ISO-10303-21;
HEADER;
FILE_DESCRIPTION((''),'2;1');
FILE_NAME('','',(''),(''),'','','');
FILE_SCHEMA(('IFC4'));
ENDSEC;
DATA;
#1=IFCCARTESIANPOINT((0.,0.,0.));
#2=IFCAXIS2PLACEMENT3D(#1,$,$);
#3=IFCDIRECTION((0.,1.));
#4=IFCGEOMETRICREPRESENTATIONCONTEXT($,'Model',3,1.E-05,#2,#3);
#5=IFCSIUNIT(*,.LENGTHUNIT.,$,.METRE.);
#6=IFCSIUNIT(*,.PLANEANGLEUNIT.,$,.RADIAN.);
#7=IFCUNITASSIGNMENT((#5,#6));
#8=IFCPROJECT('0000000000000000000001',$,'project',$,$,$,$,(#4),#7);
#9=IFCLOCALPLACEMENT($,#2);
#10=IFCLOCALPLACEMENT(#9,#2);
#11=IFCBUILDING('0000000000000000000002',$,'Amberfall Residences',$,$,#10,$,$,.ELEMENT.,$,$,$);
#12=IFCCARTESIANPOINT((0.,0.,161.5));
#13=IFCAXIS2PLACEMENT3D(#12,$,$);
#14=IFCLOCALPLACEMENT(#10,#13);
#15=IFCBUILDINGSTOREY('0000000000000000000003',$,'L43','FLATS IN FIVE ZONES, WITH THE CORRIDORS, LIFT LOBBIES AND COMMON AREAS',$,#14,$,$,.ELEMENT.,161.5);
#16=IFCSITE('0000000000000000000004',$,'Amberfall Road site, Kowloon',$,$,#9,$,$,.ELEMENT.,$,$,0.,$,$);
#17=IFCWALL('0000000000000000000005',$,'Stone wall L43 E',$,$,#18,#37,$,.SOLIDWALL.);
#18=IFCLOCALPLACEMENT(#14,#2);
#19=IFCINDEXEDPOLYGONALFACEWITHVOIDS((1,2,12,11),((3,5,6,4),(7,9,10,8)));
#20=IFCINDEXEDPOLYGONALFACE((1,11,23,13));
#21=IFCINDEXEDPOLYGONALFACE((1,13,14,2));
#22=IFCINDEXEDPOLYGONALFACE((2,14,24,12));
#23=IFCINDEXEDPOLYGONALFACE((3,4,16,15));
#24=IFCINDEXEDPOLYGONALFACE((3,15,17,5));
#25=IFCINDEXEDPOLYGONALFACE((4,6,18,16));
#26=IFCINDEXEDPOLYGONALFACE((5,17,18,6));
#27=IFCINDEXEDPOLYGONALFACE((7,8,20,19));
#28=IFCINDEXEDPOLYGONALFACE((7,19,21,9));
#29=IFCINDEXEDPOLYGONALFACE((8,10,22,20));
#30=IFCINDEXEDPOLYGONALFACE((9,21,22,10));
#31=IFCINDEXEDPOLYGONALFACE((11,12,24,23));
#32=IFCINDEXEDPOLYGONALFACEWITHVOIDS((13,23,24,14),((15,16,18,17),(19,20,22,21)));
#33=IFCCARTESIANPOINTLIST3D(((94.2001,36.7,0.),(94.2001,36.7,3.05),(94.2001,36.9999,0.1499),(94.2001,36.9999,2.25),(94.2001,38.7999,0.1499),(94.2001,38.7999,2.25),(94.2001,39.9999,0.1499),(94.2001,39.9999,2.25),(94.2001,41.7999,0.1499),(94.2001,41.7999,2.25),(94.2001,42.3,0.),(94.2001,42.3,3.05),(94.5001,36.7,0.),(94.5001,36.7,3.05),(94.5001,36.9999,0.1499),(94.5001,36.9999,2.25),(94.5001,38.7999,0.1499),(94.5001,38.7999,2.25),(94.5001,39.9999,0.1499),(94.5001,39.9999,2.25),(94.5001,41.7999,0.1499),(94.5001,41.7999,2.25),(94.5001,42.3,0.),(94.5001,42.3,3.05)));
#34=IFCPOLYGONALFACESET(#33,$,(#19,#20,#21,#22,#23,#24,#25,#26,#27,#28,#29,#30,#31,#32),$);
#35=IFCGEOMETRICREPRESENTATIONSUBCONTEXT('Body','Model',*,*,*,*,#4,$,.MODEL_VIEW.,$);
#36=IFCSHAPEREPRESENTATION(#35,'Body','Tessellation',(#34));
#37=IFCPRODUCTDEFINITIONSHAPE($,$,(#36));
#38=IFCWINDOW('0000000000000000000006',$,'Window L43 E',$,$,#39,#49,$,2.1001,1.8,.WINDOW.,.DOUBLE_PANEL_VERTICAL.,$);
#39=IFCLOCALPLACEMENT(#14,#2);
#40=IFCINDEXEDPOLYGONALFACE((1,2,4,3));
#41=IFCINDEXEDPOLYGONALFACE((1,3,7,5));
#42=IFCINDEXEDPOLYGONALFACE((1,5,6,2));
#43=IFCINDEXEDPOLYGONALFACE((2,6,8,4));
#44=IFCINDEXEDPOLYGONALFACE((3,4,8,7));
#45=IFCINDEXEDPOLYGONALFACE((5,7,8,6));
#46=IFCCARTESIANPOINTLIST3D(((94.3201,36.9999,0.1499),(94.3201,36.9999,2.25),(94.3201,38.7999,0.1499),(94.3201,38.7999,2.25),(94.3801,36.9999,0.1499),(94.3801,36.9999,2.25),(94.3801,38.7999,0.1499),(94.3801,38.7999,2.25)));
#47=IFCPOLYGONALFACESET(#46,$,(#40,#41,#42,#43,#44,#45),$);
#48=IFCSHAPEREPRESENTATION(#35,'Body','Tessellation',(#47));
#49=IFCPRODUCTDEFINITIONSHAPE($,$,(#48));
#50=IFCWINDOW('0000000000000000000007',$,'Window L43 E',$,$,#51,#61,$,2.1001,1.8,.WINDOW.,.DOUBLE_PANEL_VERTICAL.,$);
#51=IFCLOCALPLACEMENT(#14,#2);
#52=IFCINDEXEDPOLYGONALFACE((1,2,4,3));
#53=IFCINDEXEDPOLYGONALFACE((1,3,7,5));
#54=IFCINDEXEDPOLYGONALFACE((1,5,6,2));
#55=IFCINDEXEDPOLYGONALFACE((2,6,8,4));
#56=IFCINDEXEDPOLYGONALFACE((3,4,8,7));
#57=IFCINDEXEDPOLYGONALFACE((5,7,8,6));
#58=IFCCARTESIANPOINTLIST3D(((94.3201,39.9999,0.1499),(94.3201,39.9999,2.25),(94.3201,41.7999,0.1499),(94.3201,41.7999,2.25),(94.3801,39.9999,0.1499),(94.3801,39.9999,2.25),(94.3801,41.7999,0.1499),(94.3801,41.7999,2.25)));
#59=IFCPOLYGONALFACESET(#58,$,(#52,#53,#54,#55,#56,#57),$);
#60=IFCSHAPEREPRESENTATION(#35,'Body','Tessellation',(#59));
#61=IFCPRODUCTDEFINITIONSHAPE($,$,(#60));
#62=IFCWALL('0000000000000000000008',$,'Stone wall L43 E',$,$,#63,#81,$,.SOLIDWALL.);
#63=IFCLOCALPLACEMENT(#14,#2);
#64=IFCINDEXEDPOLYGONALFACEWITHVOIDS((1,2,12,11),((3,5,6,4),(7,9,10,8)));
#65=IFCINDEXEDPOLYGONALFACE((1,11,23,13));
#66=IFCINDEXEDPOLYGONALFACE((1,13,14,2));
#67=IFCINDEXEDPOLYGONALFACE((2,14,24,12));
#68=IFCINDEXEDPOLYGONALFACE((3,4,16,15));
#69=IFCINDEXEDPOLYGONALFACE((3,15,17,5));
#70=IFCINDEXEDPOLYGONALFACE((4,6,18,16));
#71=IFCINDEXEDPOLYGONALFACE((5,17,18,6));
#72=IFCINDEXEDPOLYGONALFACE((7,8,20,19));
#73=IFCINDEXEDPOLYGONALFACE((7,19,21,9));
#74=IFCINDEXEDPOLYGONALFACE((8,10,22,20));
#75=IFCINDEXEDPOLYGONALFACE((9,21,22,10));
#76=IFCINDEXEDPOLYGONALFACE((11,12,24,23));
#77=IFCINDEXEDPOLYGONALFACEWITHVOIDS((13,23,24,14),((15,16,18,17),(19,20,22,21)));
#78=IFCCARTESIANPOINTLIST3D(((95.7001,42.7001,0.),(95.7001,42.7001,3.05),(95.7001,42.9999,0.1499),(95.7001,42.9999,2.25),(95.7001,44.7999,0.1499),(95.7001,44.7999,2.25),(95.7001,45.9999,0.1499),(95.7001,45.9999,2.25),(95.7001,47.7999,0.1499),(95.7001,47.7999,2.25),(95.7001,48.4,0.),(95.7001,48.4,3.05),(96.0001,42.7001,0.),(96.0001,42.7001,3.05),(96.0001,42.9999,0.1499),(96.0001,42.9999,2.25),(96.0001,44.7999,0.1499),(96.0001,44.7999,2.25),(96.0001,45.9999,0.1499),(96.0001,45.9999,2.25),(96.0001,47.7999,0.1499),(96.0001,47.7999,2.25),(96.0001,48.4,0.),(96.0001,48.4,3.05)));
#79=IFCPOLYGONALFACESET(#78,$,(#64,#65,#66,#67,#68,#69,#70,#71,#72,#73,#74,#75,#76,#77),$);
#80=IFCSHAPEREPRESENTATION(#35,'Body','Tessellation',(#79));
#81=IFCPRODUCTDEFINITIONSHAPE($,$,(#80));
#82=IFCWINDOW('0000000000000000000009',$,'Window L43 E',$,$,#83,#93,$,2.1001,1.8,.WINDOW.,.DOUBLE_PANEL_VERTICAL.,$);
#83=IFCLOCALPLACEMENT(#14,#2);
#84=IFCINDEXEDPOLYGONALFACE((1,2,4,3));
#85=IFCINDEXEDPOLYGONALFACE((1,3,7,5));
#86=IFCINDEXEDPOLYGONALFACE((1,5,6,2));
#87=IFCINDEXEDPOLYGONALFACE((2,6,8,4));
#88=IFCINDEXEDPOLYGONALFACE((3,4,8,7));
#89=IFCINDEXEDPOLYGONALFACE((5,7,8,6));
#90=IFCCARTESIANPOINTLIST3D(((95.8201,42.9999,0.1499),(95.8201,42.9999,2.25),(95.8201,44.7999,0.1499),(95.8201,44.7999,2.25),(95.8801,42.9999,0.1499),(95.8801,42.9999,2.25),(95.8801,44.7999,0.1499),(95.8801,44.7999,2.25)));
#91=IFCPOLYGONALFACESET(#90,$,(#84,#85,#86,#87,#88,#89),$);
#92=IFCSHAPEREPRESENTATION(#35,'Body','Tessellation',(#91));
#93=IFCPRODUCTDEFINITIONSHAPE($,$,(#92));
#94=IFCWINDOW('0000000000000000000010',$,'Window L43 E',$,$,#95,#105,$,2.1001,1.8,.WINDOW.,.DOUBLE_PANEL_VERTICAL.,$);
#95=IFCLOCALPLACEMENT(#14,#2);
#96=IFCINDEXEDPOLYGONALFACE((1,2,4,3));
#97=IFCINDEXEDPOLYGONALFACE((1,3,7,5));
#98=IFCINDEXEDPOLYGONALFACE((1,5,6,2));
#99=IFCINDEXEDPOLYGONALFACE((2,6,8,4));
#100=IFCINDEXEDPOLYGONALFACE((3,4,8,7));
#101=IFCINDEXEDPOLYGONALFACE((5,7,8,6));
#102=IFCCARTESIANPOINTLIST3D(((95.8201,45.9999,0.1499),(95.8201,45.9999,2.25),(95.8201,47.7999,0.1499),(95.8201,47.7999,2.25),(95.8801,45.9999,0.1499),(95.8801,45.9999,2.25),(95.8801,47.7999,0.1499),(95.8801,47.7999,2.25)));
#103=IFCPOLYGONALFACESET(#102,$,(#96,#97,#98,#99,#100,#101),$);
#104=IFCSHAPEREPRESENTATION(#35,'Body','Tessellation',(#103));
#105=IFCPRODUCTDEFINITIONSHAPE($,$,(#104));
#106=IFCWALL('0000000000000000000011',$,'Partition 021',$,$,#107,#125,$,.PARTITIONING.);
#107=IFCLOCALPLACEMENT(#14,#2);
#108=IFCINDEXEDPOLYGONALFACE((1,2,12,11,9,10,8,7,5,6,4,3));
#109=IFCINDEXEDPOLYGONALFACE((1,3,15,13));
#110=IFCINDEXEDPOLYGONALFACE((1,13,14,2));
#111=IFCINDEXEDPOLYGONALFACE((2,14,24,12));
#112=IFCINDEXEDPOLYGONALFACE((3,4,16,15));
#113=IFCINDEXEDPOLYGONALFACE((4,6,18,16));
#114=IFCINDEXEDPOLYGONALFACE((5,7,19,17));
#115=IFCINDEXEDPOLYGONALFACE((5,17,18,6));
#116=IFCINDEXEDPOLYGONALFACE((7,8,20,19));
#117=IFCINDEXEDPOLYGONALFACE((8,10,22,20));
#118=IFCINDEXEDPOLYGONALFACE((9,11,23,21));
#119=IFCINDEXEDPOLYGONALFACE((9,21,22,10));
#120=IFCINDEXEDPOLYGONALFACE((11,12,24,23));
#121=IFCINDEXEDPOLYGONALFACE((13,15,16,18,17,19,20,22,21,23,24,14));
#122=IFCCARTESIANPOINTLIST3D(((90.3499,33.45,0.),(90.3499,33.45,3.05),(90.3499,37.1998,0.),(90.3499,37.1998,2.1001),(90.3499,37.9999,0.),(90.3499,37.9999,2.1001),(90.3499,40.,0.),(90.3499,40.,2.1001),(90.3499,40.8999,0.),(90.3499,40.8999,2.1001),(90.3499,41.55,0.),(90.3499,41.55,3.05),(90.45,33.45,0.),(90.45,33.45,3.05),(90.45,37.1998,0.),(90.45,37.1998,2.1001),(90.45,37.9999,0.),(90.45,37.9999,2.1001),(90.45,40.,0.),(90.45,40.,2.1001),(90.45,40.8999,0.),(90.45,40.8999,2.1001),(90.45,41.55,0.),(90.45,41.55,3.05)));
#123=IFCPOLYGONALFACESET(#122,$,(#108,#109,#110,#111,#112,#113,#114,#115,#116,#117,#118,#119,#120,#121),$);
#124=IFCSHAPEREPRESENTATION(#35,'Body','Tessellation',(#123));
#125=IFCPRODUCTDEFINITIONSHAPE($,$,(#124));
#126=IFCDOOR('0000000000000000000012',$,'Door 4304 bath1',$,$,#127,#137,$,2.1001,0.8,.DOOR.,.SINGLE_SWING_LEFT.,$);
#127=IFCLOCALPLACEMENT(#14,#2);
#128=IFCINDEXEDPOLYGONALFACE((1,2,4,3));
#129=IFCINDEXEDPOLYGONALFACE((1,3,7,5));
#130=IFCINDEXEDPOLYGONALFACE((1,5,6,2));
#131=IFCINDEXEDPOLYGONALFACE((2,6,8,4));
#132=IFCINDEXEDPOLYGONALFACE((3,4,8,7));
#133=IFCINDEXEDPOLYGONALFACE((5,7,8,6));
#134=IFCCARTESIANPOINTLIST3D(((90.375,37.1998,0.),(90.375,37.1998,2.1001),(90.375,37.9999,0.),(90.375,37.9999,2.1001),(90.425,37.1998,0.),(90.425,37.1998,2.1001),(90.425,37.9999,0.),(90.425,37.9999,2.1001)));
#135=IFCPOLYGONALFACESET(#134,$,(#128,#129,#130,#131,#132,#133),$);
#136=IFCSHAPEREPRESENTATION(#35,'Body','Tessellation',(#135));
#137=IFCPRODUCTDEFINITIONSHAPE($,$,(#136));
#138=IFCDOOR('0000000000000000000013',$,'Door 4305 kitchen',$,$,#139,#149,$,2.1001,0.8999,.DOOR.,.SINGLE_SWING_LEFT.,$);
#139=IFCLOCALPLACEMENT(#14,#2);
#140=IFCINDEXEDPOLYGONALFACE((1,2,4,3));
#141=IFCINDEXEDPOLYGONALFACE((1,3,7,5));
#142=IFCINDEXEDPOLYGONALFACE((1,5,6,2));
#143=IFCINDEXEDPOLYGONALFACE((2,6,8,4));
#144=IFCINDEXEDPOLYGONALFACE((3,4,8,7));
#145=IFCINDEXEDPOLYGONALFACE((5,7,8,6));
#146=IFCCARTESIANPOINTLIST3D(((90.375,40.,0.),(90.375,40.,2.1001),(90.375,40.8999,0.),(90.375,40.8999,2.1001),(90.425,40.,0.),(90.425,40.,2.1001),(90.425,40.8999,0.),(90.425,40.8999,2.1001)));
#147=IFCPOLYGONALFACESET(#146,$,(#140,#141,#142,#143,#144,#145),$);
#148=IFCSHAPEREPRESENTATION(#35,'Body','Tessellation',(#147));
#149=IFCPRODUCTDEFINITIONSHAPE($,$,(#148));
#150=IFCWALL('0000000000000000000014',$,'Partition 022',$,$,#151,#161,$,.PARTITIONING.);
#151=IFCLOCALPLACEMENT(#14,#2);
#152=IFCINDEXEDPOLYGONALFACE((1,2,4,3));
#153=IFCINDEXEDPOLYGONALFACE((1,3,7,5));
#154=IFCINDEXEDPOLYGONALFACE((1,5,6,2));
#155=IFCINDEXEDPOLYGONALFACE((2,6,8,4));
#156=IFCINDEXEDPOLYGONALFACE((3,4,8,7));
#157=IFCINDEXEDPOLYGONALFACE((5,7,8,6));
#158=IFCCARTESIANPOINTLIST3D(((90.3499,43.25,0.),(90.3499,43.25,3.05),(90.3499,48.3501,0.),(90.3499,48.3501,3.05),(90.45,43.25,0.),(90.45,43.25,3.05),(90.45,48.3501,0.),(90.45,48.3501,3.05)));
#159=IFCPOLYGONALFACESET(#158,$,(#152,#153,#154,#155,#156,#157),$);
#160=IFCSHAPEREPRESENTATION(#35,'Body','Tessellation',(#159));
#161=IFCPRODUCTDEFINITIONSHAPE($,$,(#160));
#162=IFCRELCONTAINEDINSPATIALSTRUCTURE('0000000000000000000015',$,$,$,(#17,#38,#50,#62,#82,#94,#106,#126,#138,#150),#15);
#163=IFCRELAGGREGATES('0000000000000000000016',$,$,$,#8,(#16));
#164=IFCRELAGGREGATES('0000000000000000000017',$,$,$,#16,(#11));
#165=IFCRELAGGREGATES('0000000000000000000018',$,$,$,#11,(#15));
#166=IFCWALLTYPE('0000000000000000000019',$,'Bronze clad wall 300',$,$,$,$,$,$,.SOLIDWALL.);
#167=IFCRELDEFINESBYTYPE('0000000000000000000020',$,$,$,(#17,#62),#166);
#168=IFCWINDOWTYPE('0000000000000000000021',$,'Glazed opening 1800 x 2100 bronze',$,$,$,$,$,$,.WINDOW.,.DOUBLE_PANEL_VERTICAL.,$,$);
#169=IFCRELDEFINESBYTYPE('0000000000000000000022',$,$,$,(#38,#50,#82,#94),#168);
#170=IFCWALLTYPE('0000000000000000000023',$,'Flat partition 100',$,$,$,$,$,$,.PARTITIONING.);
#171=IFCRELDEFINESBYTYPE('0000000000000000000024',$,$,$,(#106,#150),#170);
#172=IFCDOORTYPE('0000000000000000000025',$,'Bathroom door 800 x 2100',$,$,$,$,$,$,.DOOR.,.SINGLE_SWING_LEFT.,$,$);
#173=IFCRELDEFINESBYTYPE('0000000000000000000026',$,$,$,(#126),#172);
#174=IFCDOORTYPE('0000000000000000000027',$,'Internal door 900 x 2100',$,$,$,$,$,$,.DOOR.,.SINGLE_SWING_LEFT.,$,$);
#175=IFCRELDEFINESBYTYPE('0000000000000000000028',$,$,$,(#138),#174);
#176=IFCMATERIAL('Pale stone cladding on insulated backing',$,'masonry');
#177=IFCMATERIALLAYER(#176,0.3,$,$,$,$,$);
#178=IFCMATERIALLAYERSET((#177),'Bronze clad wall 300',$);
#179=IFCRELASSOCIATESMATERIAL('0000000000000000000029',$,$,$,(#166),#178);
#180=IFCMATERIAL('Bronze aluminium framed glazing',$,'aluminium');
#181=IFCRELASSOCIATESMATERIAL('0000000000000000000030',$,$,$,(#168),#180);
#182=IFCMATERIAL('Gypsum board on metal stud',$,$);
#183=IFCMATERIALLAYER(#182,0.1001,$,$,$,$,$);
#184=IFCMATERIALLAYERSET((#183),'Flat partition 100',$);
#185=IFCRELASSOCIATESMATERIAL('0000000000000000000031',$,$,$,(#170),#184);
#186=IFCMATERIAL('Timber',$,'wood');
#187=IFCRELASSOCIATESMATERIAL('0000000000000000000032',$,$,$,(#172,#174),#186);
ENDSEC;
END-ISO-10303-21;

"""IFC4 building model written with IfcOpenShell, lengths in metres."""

from ifc_helpers import new_model, si_unit, direction, frame, frame_2d, origin, place, context, subcontext, project, spatial, rectangle, extrude, material, layer, layer_set, type_object, element, fill, save


model = new_model("IFC4")

# Units and contexts
model_context = context("Model", 3, precision=1e-05, world=origin(), true_north=direction((0.0, 1.0)))
body_context = subcontext(model_context, "Body", "Model", "MODEL_VIEW")
ifc_project = project(units=[si_unit("LENGTHUNIT", "METRE"), si_unit("PLANEANGLEUNIT", "RADIAN")], contexts=[model_context])

# Site, building, storey
site_placement = place(None, origin())
site = spatial("IfcSite", under=ifc_project, at=site_placement, Name="Amberfall Road site, Kowloon", CompositionType="ELEMENT", RefElevation=0.0)
building_placement = place(site_placement, origin())
building = spatial("IfcBuilding", under=site, at=building_placement, Name="Amberfall Residences", CompositionType="ELEMENT")
storey_placement = place(building_placement, frame((0.0, 0.0, 161.5)))
storey = spatial("IfcBuildingStorey", under=building, at=storey_placement, Name="L43", Description="FLATS IN FIVE ZONES, WITH THE CORRIDORS, LIFT LOBBIES AND COMMON AREAS", CompositionType="ELEMENT", Elevation=161.5)

# Shared definitions
ifc_material_1 = material(Name="Pale stone cladding on insulated backing", Category="masonry")
ifc_layer_1 = layer(ifc_material_1, 0.3)
ifc_layer_set_1 = layer_set([ifc_layer_1], Name="Bronze clad wall 300")
wall_type_1 = type_object("IfcWallType", Name="Bronze clad wall 300", PredefinedType="SOLIDWALL", material=ifc_layer_set_1)

# Walls, openings, windows
wall_1_placement = place(storey_placement, frame((94.3501, 36.7, 0.0), z_axis=(0.0, 0.0, 1.0), x_axis=(0.0, 1.0, 0.0)))
wall_1 = element("IfcWall", 1, at=wall_1_placement, inside=storey, type_object=wall_type_1, Name="Stone wall L43 E", PredefinedType="SOLIDWALL", context=body_context, shape_type="SweptSolid", body=[
    extrude(rectangle(XDim=5.6001, YDim=0.3, at=frame_2d((2.8, 0.0))), origin(), (0.0, 0.0, 1.0), 3.05),
])
opening_1_placement = place(wall_1_placement, frame((0.3, 0.0, 0.1499)))
opening_1 = element("IfcOpeningElement", 2, at=opening_1_placement, cuts=wall_1, PredefinedType="OPENING", context=body_context, shape_type="SweptSolid", body=[
    extrude(rectangle(XDim=1.8, YDim=2.1001, at=frame_2d((0.8999, 1.05))), frame((0.0, 0.1599, 0.0), z_axis=(0.0, -1.0, 0.0), x_axis=(1.0, 0.0, 0.0)), (0.0, 0.0, 1.0), 0.3201),
])
opening_2_placement = place(wall_1_placement, frame((3.3, 0.0, 0.1499)))
opening_2 = element("IfcOpeningElement", 3, at=opening_2_placement, cuts=wall_1, PredefinedType="OPENING", context=body_context, shape_type="SweptSolid", body=[
    extrude(rectangle(XDim=1.8, YDim=2.1001, at=frame_2d((0.8999, 1.05))), frame((0.0, 0.1599, 0.0), z_axis=(0.0, -1.0, 0.0), x_axis=(1.0, 0.0, 0.0)), (0.0, 0.0, 1.0), 0.3201),
])
ifc_material_2 = material(Name="Bronze aluminium framed glazing", Category="aluminium")
window_type = type_object("IfcWindowType", Name="Glazed opening 1800 x 2100 bronze", PartitioningType="DOUBLE_PANEL_VERTICAL", PredefinedType="WINDOW", material=ifc_material_2)
window_1_placement = place(opening_1_placement, origin())
window_1 = element("IfcWindow", 4, at=window_1_placement, inside=storey, type_object=window_type, Name="Window L43 E", OverallHeight=2.1001, OverallWidth=1.8, PartitioningType="DOUBLE_PANEL_VERTICAL", PredefinedType="WINDOW", context=body_context, shape_type="SweptSolid", body=[
    extrude(rectangle(XDim=1.8, YDim=2.1001, at=frame_2d((0.8999, 1.05))), frame((0.0, 0.03, 0.0), z_axis=(0.0, -1.0, 0.0), x_axis=(1.0, 0.0, 0.0)), (0.0, 0.0, 1.0), 0.0601),
])
fill(opening_1, window_1)
window_2_placement = place(opening_2_placement, origin())
window_2 = element("IfcWindow", 5, at=window_2_placement, inside=storey, type_object=window_type, Name="Window L43 E", OverallHeight=2.1001, OverallWidth=1.8, PartitioningType="DOUBLE_PANEL_VERTICAL", PredefinedType="WINDOW", context=body_context, shape_type="SweptSolid", body=[
    extrude(rectangle(XDim=1.8, YDim=2.1001, at=frame_2d((0.8999, 1.05))), frame((0.0, 0.03, 0.0), z_axis=(0.0, -1.0, 0.0), x_axis=(1.0, 0.0, 0.0)), (0.0, 0.0, 1.0), 0.0601),
])
fill(opening_2, window_2)
wall_2_placement = place(storey_placement, frame((95.8501, 42.7, 0.0), z_axis=(0.0, 0.0, 1.0), x_axis=(0.0, 1.0, 0.0)))
wall_2 = element("IfcWall", 6, at=wall_2_placement, inside=storey, type_object=wall_type_1, Name="Stone wall L43 E", PredefinedType="SOLIDWALL", context=body_context, shape_type="SweptSolid", body=[
    extrude(rectangle(XDim=5.7, YDim=0.3, at=frame_2d((2.8501, 0.0))), origin(), (0.0, 0.0, 1.0), 3.05),
])
opening_3_placement = place(wall_2_placement, frame((0.3, 0.0, 0.1499)))
opening_3 = element("IfcOpeningElement", 7, at=opening_3_placement, cuts=wall_2, PredefinedType="OPENING", context=body_context, shape_type="SweptSolid", body=[
    extrude(rectangle(XDim=1.8, YDim=2.1001, at=frame_2d((0.8999, 1.05))), frame((0.0, 0.1599, 0.0), z_axis=(0.0, -1.0, 0.0), x_axis=(1.0, 0.0, 0.0)), (0.0, 0.0, 1.0), 0.3201),
])
opening_4_placement = place(wall_2_placement, frame((3.3, 0.0, 0.1499)))
opening_4 = element("IfcOpeningElement", 8, at=opening_4_placement, cuts=wall_2, PredefinedType="OPENING", context=body_context, shape_type="SweptSolid", body=[
    extrude(rectangle(XDim=1.8, YDim=2.1001, at=frame_2d((0.8999, 1.05))), frame((0.0, 0.1599, 0.0), z_axis=(0.0, -1.0, 0.0), x_axis=(1.0, 0.0, 0.0)), (0.0, 0.0, 1.0), 0.3201),
])
window_3_placement = place(opening_3_placement, origin())
window_3 = element("IfcWindow", 9, at=window_3_placement, inside=storey, type_object=window_type, Name="Window L43 E", OverallHeight=2.1001, OverallWidth=1.8, PartitioningType="DOUBLE_PANEL_VERTICAL", PredefinedType="WINDOW", context=body_context, shape_type="SweptSolid", body=[
    extrude(rectangle(XDim=1.8, YDim=2.1001, at=frame_2d((0.8999, 1.05))), frame((0.0, 0.03, 0.0), z_axis=(0.0, -1.0, 0.0), x_axis=(1.0, 0.0, 0.0)), (0.0, 0.0, 1.0), 0.0601),
])
fill(opening_3, window_3)
window_4_placement = place(opening_4_placement, origin())
window_4 = element("IfcWindow", 10, at=window_4_placement, inside=storey, type_object=window_type, Name="Window L43 E", OverallHeight=2.1001, OverallWidth=1.8, PartitioningType="DOUBLE_PANEL_VERTICAL", PredefinedType="WINDOW", context=body_context, shape_type="SweptSolid", body=[
    extrude(rectangle(XDim=1.8, YDim=2.1001, at=frame_2d((0.8999, 1.05))), frame((0.0, 0.03, 0.0), z_axis=(0.0, -1.0, 0.0), x_axis=(1.0, 0.0, 0.0)), (0.0, 0.0, 1.0), 0.0601),
])
fill(opening_4, window_4)

# Wall, openings, doors
ifc_material_3 = material(Name="Gypsum board on metal stud")
ifc_layer_2 = layer(ifc_material_3, 0.1001)
ifc_layer_set_2 = layer_set([ifc_layer_2], Name="Flat partition 100")
wall_type_2 = type_object("IfcWallType", Name="Flat partition 100", PredefinedType="PARTITIONING", material=ifc_layer_set_2)
wall_3_placement = place(storey_placement, frame((90.3999, 33.45, 0.0), z_axis=(0.0, 0.0, 1.0), x_axis=(0.0, 1.0, 0.0)))
wall_3 = element("IfcWall", 11, at=wall_3_placement, inside=storey, type_object=wall_type_2, Name="Partition 021", PredefinedType="PARTITIONING", context=body_context, shape_type="SweptSolid", body=[
    extrude(rectangle(XDim=8.1001, YDim=0.1001, at=frame_2d((4.05, 0.0))), origin(), (0.0, 0.0, 1.0), 3.05),
])
opening_5_placement = place(wall_3_placement, frame((3.75, 0.0, 0.0)))
opening_5 = element("IfcOpeningElement", 12, at=opening_5_placement, cuts=wall_3, PredefinedType="OPENING", context=body_context, shape_type="SweptSolid", body=[
    extrude(rectangle(XDim=0.8, YDim=2.1001, at=frame_2d((0.3999, 1.05))), frame((0.0, 0.0601, 0.0), z_axis=(0.0, -1.0, 0.0), x_axis=(1.0, 0.0, 0.0)), (0.0, 0.0, 1.0), 0.1201),
])
opening_6_placement = place(wall_3_placement, frame((6.55, 0.0, 0.0)))
opening_6 = element("IfcOpeningElement", 13, at=opening_6_placement, cuts=wall_3, PredefinedType="OPENING", context=body_context, shape_type="SweptSolid", body=[
    extrude(rectangle(XDim=0.8999, YDim=2.1001, at=frame_2d((0.45, 1.05))), frame((0.0, 0.0601, 0.0), z_axis=(0.0, -1.0, 0.0), x_axis=(1.0, 0.0, 0.0)), (0.0, 0.0, 1.0), 0.1201),
])
ifc_material_4 = material(Name="Timber", Category="wood")
door_type_1 = type_object("IfcDoorType", Name="Bathroom door 800 x 2100", OperationType="SINGLE_SWING_LEFT", PredefinedType="DOOR", material=ifc_material_4)
door_1_placement = place(opening_5_placement, origin())
door_1 = element("IfcDoor", 14, at=door_1_placement, inside=storey, type_object=door_type_1, Name="Door 4304 bath1", OperationType="SINGLE_SWING_LEFT", OverallHeight=2.1001, OverallWidth=0.8, PredefinedType="DOOR", context=body_context, shape_type="SweptSolid", body=[
    extrude(rectangle(XDim=0.8, YDim=2.1001, at=frame_2d((0.3999, 1.05))), frame((0.0, 0.0249, 0.0), z_axis=(0.0, -1.0, 0.0), x_axis=(1.0, 0.0, 0.0)), (0.0, 0.0, 1.0), 0.05),
])
fill(opening_5, door_1)
door_type_2 = type_object("IfcDoorType", Name="Internal door 900 x 2100", OperationType="SINGLE_SWING_LEFT", PredefinedType="DOOR", material=ifc_material_4)
door_2_placement = place(opening_6_placement, origin())
door_2 = element("IfcDoor", 15, at=door_2_placement, inside=storey, type_object=door_type_2, Name="Door 4305 kitchen", OperationType="SINGLE_SWING_LEFT", OverallHeight=2.1001, OverallWidth=0.8999, PredefinedType="DOOR", context=body_context, shape_type="SweptSolid", body=[
    extrude(rectangle(XDim=0.8999, YDim=2.1001, at=frame_2d((0.45, 1.05))), frame((0.0, 0.0249, 0.0), z_axis=(0.0, -1.0, 0.0), x_axis=(1.0, 0.0, 0.0)), (0.0, 0.0, 1.0), 0.05),
])
fill(opening_6, door_2)

# Wall
wall_4_placement = place(storey_placement, frame((90.3999, 43.25, 0.0), z_axis=(0.0, 0.0, 1.0), x_axis=(0.0, 1.0, 0.0)))
element("IfcWall", 16, at=wall_4_placement, inside=storey, type_object=wall_type_2, Name="Partition 022", PredefinedType="PARTITIONING", context=body_context, shape_type="SweptSolid", body=[
    extrude(rectangle(XDim=5.1001, YDim=0.1001, at=frame_2d((2.55, 0.0))), origin(), (0.0, 0.0, 1.0), 3.05),
])

save(model, "model.ifc")
